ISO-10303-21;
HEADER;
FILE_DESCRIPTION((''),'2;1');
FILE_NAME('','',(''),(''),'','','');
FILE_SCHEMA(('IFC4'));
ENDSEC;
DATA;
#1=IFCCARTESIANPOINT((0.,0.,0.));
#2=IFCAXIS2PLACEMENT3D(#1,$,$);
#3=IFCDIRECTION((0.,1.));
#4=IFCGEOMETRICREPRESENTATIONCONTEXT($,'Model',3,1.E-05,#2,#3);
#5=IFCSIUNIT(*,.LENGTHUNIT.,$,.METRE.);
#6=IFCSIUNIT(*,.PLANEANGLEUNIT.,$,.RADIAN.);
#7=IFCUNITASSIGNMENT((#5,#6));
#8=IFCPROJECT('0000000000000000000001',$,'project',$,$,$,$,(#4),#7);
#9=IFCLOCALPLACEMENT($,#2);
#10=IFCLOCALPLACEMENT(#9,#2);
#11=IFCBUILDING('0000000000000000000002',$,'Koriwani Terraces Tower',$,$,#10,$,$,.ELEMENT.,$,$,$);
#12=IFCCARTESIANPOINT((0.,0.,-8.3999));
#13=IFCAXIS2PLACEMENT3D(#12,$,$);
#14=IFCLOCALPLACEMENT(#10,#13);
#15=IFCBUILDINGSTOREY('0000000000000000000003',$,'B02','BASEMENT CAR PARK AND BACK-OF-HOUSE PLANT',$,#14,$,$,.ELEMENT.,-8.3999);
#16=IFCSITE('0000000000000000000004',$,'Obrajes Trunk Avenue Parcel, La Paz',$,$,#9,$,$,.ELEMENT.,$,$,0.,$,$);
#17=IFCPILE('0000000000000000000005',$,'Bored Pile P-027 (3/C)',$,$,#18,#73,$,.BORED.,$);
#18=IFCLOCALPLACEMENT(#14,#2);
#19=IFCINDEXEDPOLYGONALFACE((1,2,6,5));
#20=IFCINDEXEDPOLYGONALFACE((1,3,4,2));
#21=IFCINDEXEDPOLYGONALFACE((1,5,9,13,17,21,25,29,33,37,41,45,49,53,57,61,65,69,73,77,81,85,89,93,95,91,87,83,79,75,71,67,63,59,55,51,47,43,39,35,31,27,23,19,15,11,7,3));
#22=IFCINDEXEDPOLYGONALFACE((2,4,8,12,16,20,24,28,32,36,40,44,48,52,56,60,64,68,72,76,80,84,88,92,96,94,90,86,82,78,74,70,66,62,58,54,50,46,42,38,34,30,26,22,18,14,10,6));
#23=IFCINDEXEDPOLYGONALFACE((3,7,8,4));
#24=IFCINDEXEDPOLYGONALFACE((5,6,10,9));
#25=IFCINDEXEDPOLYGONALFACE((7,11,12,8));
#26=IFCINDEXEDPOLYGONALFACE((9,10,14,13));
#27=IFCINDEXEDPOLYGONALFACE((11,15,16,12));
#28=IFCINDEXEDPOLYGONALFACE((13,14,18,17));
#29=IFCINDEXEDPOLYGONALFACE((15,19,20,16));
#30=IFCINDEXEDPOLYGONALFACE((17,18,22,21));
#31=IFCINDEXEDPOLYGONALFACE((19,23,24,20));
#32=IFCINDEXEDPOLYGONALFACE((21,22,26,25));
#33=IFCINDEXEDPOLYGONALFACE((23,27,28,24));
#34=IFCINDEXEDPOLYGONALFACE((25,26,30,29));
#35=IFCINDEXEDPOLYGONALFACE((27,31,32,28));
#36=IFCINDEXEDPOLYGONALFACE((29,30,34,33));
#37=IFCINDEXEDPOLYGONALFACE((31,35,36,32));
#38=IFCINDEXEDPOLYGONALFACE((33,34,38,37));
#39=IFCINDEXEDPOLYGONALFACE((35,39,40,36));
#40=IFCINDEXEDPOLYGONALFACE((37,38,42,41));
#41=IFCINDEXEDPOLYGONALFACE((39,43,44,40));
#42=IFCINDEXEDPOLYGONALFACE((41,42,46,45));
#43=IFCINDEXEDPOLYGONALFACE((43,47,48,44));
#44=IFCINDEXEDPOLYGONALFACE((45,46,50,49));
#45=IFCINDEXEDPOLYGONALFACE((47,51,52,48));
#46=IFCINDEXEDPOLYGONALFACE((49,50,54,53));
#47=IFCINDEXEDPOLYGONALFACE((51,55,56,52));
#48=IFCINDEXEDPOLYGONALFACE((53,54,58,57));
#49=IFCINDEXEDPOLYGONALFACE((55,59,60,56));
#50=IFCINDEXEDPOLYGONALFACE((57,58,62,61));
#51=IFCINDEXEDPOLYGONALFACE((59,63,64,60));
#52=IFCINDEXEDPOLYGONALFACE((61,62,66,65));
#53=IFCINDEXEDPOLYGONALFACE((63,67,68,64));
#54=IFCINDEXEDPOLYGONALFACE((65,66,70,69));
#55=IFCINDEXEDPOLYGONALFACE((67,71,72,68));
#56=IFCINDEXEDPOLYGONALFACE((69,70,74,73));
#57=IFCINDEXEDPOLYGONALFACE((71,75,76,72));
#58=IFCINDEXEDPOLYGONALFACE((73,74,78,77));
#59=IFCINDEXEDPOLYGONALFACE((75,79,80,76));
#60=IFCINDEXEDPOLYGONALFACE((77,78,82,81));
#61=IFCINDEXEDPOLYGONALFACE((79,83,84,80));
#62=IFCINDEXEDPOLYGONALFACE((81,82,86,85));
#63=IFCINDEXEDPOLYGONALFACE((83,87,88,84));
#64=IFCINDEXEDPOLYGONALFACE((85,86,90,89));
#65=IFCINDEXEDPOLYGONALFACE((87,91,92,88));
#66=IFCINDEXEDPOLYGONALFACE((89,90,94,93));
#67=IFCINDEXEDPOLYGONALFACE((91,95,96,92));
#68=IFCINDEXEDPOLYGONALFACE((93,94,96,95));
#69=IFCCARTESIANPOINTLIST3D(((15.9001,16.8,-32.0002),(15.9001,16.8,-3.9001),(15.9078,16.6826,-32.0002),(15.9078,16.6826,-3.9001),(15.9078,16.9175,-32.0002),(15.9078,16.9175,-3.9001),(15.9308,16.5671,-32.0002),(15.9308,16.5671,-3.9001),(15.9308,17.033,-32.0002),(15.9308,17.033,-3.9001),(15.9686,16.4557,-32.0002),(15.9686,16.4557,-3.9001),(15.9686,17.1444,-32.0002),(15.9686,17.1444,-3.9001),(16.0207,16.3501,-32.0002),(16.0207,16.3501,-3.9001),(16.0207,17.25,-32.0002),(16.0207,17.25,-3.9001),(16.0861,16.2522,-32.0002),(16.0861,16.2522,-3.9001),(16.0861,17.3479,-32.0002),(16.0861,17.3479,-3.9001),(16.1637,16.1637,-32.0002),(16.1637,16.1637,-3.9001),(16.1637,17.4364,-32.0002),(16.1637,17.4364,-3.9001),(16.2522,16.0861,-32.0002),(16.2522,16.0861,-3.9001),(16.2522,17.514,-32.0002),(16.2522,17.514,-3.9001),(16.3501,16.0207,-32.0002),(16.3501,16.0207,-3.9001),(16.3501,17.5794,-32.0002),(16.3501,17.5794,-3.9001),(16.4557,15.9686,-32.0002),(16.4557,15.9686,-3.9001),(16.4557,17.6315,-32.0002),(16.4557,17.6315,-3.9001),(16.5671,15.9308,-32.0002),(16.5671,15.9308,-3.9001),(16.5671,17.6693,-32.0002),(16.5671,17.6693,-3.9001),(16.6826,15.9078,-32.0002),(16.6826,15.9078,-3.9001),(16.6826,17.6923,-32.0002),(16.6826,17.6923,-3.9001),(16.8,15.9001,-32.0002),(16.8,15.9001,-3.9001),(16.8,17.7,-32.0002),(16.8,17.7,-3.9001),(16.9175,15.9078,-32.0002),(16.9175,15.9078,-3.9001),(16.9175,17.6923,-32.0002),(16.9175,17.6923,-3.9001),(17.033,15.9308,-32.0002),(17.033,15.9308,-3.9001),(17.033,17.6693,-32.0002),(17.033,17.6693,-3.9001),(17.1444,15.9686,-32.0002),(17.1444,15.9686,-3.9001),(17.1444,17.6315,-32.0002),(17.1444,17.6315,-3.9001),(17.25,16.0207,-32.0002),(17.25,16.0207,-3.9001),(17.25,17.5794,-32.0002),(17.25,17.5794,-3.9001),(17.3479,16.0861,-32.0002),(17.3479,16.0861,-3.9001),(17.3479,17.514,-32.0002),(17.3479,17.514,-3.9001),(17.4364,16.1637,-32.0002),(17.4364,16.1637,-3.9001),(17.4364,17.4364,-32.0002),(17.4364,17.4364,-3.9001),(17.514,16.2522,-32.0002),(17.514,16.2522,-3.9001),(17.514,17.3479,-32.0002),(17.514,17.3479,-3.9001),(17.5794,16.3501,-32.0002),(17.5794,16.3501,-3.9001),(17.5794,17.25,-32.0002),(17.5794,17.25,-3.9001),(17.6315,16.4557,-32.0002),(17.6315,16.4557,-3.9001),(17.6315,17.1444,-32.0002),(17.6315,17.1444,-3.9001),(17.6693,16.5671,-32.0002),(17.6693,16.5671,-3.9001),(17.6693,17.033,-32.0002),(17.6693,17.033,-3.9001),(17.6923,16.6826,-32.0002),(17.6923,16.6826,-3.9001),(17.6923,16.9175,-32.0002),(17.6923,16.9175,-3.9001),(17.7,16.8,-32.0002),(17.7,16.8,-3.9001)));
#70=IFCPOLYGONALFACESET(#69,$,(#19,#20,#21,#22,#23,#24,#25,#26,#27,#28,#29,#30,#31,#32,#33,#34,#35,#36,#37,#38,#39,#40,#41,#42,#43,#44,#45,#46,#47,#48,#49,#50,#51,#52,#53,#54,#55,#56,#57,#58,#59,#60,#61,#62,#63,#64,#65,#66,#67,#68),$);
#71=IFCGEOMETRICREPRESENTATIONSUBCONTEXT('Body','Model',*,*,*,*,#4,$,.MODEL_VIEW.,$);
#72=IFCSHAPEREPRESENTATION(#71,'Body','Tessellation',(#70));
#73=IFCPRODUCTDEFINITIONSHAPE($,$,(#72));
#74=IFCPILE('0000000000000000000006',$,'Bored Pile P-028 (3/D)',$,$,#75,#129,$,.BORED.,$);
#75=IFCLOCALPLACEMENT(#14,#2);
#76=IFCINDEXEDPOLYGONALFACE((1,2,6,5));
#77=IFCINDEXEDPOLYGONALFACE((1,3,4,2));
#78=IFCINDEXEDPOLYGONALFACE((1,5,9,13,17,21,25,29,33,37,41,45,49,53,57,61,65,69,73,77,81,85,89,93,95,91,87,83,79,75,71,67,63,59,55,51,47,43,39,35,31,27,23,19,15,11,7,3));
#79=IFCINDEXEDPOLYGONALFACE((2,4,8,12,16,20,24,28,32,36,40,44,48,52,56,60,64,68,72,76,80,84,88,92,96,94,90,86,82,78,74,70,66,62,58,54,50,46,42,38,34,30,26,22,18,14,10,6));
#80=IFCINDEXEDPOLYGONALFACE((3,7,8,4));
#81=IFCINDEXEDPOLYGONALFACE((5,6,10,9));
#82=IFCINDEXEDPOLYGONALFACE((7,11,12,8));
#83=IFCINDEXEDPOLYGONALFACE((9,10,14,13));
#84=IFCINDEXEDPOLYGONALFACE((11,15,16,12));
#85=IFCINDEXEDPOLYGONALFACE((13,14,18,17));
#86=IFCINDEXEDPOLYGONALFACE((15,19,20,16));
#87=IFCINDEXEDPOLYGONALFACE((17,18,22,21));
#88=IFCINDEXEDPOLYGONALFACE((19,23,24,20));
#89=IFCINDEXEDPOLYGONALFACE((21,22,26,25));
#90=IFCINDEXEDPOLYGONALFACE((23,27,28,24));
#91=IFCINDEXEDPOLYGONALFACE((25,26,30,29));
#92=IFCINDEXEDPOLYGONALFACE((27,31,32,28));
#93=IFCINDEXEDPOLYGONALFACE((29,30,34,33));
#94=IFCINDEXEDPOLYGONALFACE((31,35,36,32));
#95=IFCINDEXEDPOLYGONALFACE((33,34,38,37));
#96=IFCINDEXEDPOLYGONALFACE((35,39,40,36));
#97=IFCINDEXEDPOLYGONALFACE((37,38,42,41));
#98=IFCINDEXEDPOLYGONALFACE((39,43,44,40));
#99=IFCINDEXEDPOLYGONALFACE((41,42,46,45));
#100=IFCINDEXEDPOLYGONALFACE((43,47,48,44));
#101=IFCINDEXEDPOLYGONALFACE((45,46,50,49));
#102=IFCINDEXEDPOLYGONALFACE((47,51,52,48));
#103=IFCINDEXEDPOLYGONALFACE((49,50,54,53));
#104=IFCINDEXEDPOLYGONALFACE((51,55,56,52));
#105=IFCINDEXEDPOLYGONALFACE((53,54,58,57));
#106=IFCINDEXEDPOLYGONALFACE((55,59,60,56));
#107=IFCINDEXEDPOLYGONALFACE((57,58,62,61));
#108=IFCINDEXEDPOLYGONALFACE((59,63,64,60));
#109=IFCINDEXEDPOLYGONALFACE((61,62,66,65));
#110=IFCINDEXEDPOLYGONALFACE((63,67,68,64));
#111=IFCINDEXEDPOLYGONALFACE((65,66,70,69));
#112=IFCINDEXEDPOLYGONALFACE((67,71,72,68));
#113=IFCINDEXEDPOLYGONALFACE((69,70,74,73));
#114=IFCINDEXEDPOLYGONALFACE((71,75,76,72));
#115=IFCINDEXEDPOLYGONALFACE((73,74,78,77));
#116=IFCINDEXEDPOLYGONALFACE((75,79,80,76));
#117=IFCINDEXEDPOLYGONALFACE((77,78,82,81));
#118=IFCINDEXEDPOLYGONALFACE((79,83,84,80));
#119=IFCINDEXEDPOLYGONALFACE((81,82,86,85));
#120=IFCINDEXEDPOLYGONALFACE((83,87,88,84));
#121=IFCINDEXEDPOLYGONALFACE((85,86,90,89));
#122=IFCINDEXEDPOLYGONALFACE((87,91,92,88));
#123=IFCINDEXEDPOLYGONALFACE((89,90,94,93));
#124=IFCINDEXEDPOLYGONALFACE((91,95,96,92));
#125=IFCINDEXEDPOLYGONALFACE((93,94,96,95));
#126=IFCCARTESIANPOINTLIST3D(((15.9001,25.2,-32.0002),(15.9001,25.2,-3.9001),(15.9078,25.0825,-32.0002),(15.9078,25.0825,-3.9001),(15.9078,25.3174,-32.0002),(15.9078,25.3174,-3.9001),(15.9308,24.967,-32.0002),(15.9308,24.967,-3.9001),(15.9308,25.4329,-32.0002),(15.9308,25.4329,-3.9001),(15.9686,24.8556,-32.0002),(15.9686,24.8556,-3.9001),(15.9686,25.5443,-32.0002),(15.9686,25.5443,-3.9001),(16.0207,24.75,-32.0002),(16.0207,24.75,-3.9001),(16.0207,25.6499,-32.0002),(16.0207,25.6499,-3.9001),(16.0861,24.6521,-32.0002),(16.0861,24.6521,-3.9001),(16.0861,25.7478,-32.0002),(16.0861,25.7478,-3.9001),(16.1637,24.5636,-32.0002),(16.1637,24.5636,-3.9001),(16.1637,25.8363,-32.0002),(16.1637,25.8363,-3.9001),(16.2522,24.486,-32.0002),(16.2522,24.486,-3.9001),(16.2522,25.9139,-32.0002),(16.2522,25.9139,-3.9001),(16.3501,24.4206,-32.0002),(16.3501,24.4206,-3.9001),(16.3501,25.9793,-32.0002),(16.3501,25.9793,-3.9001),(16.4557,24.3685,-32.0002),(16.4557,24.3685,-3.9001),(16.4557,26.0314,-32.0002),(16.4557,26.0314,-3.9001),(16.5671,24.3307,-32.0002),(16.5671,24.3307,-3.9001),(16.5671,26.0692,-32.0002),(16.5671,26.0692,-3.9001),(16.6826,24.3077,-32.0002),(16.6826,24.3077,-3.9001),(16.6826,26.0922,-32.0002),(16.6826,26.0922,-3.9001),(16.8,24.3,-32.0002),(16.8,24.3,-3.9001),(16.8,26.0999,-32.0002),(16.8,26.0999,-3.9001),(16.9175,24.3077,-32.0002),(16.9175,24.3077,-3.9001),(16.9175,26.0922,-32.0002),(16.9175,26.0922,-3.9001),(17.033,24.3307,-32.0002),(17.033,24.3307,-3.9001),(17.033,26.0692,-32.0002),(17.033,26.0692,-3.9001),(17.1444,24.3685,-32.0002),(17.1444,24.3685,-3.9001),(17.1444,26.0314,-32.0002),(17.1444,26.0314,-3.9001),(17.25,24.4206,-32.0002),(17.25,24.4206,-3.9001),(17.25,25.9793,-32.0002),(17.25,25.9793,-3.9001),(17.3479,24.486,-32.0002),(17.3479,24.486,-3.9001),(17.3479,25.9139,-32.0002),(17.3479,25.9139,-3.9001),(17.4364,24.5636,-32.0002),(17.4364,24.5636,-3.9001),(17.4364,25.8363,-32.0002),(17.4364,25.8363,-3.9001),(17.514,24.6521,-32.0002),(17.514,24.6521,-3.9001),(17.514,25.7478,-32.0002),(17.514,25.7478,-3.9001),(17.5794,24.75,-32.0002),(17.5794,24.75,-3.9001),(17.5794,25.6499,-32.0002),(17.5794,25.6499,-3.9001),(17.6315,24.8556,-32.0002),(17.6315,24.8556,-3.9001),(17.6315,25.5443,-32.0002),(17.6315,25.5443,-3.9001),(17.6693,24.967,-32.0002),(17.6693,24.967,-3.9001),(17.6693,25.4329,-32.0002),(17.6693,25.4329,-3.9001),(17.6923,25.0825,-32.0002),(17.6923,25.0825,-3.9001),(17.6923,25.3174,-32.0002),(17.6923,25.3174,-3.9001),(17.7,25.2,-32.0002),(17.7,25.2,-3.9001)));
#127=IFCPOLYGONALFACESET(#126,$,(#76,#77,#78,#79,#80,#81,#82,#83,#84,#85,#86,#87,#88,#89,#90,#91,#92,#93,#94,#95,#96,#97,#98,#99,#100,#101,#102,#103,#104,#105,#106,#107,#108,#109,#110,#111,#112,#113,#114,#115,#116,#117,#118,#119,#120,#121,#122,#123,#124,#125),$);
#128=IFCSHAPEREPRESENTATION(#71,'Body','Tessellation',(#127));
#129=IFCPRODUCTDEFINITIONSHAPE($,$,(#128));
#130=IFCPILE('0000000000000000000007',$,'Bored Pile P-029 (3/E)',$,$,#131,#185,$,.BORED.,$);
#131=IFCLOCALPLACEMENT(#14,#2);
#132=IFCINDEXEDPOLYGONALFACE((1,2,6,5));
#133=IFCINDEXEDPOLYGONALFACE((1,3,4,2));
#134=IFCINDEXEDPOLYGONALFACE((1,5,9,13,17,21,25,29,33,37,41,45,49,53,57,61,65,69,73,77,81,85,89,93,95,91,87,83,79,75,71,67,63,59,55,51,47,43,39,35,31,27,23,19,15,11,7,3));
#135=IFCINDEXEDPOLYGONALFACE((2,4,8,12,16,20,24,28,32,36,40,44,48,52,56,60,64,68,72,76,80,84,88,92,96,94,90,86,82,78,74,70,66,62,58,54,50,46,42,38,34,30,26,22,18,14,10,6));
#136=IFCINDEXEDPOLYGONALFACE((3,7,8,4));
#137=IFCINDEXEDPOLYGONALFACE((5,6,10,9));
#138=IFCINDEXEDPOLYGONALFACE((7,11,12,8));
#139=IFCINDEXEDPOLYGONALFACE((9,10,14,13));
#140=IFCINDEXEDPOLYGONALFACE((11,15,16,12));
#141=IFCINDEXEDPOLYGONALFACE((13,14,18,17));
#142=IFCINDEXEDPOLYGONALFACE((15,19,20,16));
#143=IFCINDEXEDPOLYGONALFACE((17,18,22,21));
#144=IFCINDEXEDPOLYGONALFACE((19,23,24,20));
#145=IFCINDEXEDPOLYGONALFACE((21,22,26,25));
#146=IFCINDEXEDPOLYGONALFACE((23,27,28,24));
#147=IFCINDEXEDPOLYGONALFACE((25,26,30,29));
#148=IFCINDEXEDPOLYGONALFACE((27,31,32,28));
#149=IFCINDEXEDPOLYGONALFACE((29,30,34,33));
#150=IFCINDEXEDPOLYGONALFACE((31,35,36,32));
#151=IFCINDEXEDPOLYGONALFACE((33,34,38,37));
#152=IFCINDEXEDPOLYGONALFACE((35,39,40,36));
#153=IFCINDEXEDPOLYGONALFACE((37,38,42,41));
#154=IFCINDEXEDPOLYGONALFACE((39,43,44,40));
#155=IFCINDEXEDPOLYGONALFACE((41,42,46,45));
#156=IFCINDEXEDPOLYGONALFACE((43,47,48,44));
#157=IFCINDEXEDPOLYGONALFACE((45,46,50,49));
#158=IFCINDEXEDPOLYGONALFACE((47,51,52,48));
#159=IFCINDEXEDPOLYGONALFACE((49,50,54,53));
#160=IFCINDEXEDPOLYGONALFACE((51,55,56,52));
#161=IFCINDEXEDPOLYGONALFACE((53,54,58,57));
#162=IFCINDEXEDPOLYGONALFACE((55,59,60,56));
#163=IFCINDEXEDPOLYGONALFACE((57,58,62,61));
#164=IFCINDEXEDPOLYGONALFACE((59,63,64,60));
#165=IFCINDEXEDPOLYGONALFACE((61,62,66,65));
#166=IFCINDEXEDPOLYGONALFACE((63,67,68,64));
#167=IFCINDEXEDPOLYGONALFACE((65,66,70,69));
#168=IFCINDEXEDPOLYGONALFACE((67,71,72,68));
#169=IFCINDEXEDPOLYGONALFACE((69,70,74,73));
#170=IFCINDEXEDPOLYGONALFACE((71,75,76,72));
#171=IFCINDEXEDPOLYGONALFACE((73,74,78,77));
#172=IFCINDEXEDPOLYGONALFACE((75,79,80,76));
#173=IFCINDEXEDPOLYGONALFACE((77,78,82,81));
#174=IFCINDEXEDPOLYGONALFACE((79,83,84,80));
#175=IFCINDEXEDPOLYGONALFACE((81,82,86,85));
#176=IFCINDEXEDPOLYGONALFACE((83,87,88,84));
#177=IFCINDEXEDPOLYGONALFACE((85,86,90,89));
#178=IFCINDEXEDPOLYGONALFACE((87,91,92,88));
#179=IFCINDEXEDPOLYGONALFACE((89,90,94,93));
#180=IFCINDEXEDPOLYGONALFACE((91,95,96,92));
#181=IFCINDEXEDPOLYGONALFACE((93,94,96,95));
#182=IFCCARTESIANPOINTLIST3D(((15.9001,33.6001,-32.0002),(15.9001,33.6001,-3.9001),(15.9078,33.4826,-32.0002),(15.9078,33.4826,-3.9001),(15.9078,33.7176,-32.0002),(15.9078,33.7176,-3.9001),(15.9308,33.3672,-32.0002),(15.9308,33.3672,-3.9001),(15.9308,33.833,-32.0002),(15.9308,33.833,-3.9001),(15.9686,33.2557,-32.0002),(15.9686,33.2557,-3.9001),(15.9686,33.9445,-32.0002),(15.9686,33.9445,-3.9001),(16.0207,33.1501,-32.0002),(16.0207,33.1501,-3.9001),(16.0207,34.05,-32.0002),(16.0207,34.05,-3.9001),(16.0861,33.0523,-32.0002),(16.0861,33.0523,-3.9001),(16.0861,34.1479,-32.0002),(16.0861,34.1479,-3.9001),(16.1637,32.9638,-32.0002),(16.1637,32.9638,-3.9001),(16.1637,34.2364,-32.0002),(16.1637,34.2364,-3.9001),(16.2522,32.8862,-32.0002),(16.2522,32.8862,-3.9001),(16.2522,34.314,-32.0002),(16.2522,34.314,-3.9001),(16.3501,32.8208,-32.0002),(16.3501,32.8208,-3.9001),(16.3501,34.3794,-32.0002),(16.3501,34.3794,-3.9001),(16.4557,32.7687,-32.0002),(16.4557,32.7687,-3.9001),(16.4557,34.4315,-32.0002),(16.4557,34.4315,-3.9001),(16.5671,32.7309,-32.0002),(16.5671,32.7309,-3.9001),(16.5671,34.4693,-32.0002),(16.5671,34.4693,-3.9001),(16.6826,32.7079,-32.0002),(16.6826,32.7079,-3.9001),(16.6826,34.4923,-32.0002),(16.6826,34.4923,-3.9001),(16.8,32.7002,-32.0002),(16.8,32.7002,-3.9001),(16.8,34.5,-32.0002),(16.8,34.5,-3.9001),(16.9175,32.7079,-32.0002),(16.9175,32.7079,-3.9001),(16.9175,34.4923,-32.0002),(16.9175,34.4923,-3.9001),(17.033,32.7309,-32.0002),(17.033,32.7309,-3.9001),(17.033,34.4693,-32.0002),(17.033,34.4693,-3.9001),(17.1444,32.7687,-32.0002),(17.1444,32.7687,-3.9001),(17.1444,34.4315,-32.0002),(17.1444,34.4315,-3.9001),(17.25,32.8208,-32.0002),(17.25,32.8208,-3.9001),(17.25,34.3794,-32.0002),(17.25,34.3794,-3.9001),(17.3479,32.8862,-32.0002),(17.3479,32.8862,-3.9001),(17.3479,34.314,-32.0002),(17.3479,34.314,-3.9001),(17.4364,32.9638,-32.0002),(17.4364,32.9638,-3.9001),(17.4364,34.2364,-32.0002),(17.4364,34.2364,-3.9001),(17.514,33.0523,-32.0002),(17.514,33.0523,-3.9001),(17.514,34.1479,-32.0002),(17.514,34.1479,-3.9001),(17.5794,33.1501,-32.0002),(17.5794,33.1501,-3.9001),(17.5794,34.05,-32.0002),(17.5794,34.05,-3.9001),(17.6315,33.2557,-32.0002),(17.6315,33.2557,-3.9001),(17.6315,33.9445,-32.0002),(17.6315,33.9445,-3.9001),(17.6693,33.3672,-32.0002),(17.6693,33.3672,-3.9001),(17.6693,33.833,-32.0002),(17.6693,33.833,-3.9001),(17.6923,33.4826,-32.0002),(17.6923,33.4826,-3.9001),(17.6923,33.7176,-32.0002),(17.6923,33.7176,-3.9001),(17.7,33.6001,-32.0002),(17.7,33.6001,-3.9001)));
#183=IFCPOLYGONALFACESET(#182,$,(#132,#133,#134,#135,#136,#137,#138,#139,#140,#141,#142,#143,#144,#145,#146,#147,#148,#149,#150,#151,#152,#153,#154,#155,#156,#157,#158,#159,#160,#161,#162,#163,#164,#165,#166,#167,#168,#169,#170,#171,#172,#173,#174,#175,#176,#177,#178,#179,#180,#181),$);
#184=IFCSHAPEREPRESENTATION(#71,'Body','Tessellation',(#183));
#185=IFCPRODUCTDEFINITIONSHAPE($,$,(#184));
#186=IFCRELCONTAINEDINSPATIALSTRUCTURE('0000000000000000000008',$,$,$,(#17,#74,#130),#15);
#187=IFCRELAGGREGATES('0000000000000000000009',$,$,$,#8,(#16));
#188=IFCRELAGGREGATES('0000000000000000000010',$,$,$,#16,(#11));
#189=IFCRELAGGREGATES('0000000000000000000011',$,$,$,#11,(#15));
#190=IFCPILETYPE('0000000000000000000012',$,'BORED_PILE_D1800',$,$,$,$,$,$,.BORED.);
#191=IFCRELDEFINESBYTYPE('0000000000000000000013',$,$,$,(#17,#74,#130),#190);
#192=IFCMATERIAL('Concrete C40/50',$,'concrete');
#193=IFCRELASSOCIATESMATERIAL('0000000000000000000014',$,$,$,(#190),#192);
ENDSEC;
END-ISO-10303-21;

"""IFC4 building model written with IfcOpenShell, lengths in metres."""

from ifc_helpers import new_model, si_unit, direction, frame, origin, origin_2d, place, context, subcontext, project, spatial, circle, extrude, material, material_profile, profile_set, type_object, element, save


model = new_model("IFC4")

# Units and contexts
model_context = context("Model", 3, precision=1e-05, world=origin(), true_north=direction((0.0, 1.0)))
body_context = subcontext(model_context, "Body", "Model", "MODEL_VIEW")
ifc_project = project(units=[si_unit("LENGTHUNIT", "METRE"), si_unit("PLANEANGLEUNIT", "RADIAN")], contexts=[model_context])

# Site, building, storey
site_placement = place(None, origin())
site = spatial("IfcSite", under=ifc_project, at=site_placement, Name="Obrajes Trunk Avenue Parcel, La Paz", CompositionType="ELEMENT", RefElevation=0.0)
building_placement = place(site_placement, origin())
building = spatial("IfcBuilding", under=site, at=building_placement, Name="Koriwani Terraces Tower", CompositionType="ELEMENT")
storey_placement = place(building_placement, frame((0.0, 0.0, -8.3999)))
storey = spatial("IfcBuildingStorey", under=building, at=storey_placement, Name="B02", Description="BASEMENT CAR PARK AND BACK-OF-HOUSE PLANT", CompositionType="ELEMENT", Elevation=-8.3999)

# Piles
ifc_material_1 = material(Name="Concrete C40/50", Category="concrete")
ifc_material_profile_1 = material_profile(ifc_material_1, circle(Radius=0.8999, at=origin_2d()), Name="Concrete C40/50")
ifc_profile_set_1 = profile_set([ifc_material_profile_1], Name="Concrete C40/50")
pile_type = type_object("IfcPileType", Name="BORED_PILE_D1800", PredefinedType="BORED", material=ifc_profile_set_1)
for number, where, z_axis, x_axis, name in (
    (1, (16.8, 16.8, -3.9001), (0.0, 0.0, -1.0), (1.0, 0.0, 0.0), "Bored Pile P-027 (3/C)"),
    (2, (16.8, 25.2, -3.9001), (0.0, 0.0, -1.0), (1.0, 0.0, 0.0), "Bored Pile P-028 (3/D)"),
    (3, (16.8, 33.6001, -3.9001), (0.0, 0.0, -1.0), (1.0, 0.0, 0.0), "Bored Pile P-029 (3/E)"),
):
    element("IfcPile", number, at=place(storey_placement, frame(where, z_axis=z_axis, x_axis=x_axis)), inside=storey, type_object=pile_type, Name=name, PredefinedType="BORED", context=body_context, shape_type="SweptSolid", body=[
        extrude(circle(Radius=0.8999, at=origin_2d()), origin(), (0.0, 0.0, 1.0), 28.1001),
    ])

save(model, "model.ifc")
